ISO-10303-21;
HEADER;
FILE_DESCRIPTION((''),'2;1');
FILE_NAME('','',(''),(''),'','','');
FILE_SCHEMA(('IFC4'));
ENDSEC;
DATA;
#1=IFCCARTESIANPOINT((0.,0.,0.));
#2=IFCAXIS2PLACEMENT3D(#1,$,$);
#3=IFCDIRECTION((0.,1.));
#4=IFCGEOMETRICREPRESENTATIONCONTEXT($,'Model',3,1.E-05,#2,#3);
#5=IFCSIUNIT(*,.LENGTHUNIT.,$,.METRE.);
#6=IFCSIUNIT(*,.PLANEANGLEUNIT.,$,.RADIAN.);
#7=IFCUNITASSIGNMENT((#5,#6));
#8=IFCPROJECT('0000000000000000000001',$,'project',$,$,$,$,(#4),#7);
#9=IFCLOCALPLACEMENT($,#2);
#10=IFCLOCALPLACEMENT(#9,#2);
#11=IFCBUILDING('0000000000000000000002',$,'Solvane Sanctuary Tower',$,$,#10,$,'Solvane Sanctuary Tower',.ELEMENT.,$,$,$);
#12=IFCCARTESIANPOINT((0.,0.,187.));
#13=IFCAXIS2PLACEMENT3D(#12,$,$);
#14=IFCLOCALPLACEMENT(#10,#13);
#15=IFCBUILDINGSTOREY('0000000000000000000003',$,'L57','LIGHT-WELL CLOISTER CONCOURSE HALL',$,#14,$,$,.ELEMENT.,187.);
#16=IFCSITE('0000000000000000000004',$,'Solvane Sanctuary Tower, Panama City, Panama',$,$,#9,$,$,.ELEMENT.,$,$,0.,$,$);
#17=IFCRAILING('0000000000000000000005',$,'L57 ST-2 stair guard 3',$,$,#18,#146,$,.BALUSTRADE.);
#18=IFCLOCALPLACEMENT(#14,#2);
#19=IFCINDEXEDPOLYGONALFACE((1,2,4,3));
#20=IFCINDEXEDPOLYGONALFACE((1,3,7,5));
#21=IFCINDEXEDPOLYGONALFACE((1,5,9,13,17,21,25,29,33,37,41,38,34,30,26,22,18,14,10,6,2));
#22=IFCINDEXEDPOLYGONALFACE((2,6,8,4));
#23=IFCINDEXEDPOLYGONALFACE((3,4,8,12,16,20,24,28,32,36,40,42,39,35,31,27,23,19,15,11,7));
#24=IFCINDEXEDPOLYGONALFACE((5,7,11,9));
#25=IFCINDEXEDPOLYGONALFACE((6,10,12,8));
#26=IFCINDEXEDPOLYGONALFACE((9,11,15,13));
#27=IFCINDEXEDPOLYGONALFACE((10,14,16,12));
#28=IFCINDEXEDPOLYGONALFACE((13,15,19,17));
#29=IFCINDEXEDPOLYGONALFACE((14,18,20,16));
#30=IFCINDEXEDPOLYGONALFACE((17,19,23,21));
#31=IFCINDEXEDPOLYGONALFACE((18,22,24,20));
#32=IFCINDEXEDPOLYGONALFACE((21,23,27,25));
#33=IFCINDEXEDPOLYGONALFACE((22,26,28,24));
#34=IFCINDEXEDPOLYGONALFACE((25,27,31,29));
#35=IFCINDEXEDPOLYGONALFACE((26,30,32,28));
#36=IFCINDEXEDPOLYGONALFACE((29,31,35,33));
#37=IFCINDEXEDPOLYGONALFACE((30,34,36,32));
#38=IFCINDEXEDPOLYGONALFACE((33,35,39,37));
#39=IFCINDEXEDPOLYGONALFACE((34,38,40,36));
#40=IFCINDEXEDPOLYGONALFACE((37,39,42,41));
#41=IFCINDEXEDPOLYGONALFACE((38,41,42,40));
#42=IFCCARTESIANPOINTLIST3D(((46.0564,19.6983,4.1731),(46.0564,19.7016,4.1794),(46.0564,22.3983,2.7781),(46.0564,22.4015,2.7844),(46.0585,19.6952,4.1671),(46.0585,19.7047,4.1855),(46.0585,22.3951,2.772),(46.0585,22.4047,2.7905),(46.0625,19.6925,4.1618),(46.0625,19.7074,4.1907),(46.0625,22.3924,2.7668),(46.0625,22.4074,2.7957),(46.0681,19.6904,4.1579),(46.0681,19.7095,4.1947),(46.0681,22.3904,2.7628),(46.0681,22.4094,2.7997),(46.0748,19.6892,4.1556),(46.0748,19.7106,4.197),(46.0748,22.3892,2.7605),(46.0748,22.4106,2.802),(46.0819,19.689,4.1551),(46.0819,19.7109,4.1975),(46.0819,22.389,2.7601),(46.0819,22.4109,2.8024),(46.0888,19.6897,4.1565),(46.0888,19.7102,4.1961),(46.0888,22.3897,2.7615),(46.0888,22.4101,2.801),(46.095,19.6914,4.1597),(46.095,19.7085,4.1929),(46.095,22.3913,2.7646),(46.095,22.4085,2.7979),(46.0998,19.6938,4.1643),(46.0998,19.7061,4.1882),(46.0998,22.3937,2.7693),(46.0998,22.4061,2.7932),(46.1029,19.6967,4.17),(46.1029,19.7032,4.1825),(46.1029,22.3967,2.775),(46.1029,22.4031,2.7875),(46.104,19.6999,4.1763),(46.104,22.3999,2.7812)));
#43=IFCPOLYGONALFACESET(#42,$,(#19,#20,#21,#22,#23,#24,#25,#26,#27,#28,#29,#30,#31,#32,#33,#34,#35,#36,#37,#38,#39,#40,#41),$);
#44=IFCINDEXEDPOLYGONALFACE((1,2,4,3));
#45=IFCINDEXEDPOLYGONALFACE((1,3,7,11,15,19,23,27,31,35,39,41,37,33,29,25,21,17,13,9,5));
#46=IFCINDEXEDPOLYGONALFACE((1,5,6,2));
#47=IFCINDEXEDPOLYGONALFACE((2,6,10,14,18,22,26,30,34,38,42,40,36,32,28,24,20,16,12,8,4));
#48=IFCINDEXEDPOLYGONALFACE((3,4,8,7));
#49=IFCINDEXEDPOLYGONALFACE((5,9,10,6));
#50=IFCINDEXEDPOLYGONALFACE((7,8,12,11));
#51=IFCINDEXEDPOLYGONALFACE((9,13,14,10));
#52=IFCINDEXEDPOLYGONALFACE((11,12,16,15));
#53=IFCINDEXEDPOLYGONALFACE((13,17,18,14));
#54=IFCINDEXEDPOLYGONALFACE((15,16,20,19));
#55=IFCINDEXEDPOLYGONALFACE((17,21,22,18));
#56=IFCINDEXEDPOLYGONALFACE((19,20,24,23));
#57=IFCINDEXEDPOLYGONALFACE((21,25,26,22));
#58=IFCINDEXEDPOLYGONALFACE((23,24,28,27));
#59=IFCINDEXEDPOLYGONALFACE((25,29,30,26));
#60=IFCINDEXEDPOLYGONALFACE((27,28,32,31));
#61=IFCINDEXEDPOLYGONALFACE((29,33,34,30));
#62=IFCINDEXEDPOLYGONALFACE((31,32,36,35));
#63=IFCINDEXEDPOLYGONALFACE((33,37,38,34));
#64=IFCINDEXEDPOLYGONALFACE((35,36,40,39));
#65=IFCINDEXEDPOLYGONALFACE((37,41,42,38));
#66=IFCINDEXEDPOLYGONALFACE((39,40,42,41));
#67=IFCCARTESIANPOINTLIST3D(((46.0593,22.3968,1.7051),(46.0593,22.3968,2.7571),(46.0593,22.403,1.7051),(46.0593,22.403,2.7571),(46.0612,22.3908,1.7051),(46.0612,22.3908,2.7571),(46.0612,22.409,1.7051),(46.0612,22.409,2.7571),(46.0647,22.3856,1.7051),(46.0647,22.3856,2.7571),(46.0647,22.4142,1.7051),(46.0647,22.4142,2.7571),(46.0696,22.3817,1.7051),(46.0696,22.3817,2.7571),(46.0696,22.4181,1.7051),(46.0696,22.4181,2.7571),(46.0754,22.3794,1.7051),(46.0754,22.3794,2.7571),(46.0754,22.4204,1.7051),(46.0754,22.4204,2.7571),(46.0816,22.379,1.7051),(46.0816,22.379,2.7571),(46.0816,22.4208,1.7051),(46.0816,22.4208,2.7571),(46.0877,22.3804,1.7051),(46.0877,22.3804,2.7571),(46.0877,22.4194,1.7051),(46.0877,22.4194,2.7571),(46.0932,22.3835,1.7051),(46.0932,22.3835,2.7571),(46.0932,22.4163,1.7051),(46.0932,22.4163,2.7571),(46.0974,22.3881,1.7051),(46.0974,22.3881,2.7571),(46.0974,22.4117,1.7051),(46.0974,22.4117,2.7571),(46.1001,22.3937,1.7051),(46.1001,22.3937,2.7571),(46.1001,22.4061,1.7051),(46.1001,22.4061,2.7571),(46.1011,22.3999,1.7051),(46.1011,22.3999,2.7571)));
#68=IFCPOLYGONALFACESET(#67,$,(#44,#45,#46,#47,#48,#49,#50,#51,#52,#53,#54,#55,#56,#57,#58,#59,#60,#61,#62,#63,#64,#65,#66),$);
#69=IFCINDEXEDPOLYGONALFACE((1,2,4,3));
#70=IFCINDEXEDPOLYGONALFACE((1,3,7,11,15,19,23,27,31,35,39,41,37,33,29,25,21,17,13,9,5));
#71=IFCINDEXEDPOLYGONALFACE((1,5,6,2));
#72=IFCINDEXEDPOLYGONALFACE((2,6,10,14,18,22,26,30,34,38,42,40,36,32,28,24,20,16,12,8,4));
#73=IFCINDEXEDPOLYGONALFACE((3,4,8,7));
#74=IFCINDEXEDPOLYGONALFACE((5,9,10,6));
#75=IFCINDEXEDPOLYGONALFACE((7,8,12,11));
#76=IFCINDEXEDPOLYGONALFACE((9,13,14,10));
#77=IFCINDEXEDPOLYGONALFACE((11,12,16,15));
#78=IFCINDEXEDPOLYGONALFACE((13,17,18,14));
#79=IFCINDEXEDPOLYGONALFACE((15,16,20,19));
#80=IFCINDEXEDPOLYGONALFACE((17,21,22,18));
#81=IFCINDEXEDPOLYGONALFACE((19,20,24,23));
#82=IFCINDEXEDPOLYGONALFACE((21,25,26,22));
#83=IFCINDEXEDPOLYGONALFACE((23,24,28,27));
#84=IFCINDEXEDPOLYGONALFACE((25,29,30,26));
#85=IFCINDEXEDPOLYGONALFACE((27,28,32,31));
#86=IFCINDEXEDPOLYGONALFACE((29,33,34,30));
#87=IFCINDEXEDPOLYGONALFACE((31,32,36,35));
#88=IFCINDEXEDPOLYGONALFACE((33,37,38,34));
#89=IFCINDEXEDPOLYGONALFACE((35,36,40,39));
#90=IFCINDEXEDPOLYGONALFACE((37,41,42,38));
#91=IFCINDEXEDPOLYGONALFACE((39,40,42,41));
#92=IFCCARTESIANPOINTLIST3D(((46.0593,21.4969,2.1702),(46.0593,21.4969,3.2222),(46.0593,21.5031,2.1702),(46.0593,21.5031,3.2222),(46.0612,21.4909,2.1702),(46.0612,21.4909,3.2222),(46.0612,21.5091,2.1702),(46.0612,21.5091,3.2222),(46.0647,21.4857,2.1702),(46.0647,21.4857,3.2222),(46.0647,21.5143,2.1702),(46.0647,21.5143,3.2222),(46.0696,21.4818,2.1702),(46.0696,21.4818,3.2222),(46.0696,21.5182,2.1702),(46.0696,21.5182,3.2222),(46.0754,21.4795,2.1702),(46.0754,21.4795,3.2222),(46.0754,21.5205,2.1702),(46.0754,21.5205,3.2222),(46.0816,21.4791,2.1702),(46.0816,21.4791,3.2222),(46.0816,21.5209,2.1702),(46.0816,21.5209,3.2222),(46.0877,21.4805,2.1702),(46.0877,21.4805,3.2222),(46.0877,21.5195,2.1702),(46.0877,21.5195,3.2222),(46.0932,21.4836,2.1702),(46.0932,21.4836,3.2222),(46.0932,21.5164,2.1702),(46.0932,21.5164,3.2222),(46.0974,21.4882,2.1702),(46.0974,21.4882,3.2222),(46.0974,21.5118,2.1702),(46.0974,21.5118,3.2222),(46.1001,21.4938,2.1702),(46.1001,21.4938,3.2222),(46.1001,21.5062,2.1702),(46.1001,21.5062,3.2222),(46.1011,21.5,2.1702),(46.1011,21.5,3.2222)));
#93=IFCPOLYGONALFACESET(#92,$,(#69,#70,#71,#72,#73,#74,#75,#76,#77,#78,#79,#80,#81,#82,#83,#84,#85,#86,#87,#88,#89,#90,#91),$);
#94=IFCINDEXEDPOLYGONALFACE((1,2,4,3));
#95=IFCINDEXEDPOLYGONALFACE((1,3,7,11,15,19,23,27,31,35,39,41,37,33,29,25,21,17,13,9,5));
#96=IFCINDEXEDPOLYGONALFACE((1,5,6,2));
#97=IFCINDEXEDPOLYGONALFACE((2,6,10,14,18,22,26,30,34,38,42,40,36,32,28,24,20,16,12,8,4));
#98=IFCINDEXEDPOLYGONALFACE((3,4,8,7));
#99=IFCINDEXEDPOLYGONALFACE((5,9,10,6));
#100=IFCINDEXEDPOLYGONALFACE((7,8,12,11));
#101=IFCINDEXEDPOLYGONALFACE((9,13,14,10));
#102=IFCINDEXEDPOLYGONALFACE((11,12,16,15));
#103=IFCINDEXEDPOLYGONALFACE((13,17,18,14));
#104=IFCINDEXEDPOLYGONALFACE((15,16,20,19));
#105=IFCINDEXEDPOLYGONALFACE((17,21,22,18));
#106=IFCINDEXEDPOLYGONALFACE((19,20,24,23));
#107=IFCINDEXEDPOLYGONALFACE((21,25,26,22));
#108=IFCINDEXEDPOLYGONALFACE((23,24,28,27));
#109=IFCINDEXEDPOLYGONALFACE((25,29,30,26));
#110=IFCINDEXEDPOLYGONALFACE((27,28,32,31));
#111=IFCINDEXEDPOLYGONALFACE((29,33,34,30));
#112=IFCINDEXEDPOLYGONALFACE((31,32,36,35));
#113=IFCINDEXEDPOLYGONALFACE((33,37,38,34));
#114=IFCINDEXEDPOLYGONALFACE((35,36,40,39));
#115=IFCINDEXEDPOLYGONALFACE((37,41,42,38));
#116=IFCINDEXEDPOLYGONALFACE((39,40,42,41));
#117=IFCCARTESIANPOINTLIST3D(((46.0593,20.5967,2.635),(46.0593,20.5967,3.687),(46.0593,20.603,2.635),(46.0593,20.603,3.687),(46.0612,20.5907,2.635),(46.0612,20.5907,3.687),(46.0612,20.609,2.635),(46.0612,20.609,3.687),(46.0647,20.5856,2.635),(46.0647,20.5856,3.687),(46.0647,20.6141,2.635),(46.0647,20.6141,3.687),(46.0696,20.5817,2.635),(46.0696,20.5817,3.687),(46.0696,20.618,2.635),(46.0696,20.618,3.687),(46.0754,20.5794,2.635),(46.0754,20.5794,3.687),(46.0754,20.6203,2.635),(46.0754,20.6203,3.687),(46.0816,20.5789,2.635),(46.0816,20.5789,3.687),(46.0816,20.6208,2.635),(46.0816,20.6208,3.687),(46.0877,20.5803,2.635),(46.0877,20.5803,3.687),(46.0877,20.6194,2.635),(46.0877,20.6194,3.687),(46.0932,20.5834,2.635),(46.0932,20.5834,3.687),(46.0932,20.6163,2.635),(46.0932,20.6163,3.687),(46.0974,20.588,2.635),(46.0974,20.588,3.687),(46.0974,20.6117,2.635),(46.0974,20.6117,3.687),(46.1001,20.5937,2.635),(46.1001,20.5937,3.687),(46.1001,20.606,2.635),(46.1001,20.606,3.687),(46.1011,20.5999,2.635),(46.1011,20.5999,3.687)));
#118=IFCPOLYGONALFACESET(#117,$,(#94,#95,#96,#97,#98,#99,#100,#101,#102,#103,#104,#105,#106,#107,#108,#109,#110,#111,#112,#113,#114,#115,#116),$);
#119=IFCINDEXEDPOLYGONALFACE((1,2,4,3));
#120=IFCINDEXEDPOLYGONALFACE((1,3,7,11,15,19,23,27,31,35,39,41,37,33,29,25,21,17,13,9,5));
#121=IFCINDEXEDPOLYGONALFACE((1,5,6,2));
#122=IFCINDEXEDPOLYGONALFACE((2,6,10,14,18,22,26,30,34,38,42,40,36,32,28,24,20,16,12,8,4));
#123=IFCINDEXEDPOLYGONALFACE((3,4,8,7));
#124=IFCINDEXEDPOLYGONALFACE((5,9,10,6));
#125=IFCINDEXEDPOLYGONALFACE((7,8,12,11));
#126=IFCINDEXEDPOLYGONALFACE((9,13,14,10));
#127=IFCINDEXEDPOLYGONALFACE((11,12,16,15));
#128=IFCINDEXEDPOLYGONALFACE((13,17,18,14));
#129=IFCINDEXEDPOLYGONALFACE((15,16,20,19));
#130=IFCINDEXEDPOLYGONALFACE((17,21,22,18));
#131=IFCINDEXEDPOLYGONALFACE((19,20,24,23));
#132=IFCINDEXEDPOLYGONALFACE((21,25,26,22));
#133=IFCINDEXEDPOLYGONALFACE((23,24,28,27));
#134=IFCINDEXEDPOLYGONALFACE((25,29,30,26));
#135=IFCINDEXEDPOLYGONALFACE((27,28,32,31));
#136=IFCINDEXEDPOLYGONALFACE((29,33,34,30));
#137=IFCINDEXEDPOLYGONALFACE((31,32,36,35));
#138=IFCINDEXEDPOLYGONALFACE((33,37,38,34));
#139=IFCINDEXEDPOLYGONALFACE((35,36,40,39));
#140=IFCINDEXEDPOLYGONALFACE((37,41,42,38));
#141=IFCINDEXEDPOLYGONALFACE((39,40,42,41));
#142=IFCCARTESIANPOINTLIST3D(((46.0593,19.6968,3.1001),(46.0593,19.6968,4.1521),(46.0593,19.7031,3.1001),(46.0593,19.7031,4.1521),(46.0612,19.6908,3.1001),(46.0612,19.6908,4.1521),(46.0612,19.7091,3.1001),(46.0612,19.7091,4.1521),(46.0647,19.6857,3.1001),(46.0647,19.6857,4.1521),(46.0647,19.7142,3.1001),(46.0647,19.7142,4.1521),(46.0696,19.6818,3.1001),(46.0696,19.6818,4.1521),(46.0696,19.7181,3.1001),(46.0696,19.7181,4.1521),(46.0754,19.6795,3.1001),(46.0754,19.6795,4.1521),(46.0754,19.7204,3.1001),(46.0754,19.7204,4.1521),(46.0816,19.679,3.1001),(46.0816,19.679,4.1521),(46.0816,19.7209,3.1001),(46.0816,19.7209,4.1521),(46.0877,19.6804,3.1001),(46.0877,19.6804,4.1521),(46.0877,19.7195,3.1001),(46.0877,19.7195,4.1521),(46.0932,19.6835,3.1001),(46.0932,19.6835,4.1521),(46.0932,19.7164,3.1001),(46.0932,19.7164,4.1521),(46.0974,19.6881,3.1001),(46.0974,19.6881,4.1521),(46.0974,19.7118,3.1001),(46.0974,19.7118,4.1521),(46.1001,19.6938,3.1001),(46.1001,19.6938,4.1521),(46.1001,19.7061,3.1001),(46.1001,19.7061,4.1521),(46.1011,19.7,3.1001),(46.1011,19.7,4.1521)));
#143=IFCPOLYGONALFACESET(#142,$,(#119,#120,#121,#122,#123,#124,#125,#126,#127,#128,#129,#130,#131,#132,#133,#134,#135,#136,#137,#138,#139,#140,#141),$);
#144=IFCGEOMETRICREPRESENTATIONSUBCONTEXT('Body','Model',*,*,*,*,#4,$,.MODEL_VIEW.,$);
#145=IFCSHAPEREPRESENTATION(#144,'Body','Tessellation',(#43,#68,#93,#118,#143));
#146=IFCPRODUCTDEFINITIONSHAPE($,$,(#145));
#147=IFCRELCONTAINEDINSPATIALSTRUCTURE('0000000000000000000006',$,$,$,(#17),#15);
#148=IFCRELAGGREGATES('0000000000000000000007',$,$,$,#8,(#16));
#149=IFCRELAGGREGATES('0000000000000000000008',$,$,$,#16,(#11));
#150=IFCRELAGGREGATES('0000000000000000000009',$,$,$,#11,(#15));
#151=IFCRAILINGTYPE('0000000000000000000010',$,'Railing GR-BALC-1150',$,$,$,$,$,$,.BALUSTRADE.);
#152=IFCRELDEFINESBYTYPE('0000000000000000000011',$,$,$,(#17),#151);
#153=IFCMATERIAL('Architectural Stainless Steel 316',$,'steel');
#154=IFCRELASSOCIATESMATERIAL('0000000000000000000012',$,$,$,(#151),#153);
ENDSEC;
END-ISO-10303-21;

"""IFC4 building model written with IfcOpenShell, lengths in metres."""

from ifc_helpers import new_model, si_unit, direction, frame, origin, origin_2d, place, context, subcontext, project, spatial, circle, extrude, material, type_object, element, save


model = new_model("IFC4")

# Units and contexts
model_context = context("Model", 3, precision=1e-05, world=origin(), true_north=direction((0.0, 1.0)))
body_context = subcontext(model_context, "Body", "Model", "MODEL_VIEW")
ifc_project = project(units=[si_unit("LENGTHUNIT", "METRE"), si_unit("PLANEANGLEUNIT", "RADIAN")], contexts=[model_context])

# Site, building, storey
site_placement = place(None, origin())
site = spatial("IfcSite", under=ifc_project, at=site_placement, Name="Solvane Sanctuary Tower, Panama City, Panama", CompositionType="ELEMENT", RefElevation=0.0)
building_placement = place(site_placement, origin())
building = spatial("IfcBuilding", under=site, at=building_placement, Name="Solvane Sanctuary Tower", LongName="Solvane Sanctuary Tower", CompositionType="ELEMENT")
storey_placement = place(building_placement, frame((0.0, 0.0, 187.0)))
storey = spatial("IfcBuildingStorey", under=building, at=storey_placement, Name="L57", Description="LIGHT-WELL CLOISTER CONCOURSE HALL", CompositionType="ELEMENT", Elevation=187.0)

# Shared definitions
ifc_material_1 = material(Name="Architectural Stainless Steel 316", Category="steel")

# Railing
railing_type_1 = type_object("IfcRailingType", Name="Railing GR-BALC-1150", PredefinedType="BALUSTRADE", material=ifc_material_1)
railing_1_placement = place(storey_placement, frame((46.0801, 22.3999, 1.7051)))
element("IfcRailing", 1, at=railing_1_placement, inside=storey, type_object=railing_type_1, Name="L57 ST-2 stair guard 3", PredefinedType="BALUSTRADE", context=body_context, shape_type="SweptSolid", body=[
    extrude(circle(Radius=0.0239, at=origin_2d()), frame((0.0, 0.0, 1.0762), z_axis=(0.0, -0.88842, 0.459032), x_axis=(1.0, 0.0, 0.0)), (0.0, 0.0, 1.0), 3.0391),
    extrude(circle(Radius=0.021, at=origin_2d()), origin(), (0.0, 0.0, 1.0), 1.052),
    extrude(circle(Radius=0.021, at=origin_2d()), frame((0.0, -0.8999, 0.4651)), (0.0, 0.0, 1.0), 1.052),
    extrude(circle(Radius=0.021, at=origin_2d()), frame((0.0, -1.8, 0.9299)), (0.0, 0.0, 1.0), 1.052),
    extrude(circle(Radius=0.021, at=origin_2d()), frame((0.0, -2.7, 1.395)), (0.0, 0.0, 1.0), 1.052),
])

save(model, "model.ifc")
